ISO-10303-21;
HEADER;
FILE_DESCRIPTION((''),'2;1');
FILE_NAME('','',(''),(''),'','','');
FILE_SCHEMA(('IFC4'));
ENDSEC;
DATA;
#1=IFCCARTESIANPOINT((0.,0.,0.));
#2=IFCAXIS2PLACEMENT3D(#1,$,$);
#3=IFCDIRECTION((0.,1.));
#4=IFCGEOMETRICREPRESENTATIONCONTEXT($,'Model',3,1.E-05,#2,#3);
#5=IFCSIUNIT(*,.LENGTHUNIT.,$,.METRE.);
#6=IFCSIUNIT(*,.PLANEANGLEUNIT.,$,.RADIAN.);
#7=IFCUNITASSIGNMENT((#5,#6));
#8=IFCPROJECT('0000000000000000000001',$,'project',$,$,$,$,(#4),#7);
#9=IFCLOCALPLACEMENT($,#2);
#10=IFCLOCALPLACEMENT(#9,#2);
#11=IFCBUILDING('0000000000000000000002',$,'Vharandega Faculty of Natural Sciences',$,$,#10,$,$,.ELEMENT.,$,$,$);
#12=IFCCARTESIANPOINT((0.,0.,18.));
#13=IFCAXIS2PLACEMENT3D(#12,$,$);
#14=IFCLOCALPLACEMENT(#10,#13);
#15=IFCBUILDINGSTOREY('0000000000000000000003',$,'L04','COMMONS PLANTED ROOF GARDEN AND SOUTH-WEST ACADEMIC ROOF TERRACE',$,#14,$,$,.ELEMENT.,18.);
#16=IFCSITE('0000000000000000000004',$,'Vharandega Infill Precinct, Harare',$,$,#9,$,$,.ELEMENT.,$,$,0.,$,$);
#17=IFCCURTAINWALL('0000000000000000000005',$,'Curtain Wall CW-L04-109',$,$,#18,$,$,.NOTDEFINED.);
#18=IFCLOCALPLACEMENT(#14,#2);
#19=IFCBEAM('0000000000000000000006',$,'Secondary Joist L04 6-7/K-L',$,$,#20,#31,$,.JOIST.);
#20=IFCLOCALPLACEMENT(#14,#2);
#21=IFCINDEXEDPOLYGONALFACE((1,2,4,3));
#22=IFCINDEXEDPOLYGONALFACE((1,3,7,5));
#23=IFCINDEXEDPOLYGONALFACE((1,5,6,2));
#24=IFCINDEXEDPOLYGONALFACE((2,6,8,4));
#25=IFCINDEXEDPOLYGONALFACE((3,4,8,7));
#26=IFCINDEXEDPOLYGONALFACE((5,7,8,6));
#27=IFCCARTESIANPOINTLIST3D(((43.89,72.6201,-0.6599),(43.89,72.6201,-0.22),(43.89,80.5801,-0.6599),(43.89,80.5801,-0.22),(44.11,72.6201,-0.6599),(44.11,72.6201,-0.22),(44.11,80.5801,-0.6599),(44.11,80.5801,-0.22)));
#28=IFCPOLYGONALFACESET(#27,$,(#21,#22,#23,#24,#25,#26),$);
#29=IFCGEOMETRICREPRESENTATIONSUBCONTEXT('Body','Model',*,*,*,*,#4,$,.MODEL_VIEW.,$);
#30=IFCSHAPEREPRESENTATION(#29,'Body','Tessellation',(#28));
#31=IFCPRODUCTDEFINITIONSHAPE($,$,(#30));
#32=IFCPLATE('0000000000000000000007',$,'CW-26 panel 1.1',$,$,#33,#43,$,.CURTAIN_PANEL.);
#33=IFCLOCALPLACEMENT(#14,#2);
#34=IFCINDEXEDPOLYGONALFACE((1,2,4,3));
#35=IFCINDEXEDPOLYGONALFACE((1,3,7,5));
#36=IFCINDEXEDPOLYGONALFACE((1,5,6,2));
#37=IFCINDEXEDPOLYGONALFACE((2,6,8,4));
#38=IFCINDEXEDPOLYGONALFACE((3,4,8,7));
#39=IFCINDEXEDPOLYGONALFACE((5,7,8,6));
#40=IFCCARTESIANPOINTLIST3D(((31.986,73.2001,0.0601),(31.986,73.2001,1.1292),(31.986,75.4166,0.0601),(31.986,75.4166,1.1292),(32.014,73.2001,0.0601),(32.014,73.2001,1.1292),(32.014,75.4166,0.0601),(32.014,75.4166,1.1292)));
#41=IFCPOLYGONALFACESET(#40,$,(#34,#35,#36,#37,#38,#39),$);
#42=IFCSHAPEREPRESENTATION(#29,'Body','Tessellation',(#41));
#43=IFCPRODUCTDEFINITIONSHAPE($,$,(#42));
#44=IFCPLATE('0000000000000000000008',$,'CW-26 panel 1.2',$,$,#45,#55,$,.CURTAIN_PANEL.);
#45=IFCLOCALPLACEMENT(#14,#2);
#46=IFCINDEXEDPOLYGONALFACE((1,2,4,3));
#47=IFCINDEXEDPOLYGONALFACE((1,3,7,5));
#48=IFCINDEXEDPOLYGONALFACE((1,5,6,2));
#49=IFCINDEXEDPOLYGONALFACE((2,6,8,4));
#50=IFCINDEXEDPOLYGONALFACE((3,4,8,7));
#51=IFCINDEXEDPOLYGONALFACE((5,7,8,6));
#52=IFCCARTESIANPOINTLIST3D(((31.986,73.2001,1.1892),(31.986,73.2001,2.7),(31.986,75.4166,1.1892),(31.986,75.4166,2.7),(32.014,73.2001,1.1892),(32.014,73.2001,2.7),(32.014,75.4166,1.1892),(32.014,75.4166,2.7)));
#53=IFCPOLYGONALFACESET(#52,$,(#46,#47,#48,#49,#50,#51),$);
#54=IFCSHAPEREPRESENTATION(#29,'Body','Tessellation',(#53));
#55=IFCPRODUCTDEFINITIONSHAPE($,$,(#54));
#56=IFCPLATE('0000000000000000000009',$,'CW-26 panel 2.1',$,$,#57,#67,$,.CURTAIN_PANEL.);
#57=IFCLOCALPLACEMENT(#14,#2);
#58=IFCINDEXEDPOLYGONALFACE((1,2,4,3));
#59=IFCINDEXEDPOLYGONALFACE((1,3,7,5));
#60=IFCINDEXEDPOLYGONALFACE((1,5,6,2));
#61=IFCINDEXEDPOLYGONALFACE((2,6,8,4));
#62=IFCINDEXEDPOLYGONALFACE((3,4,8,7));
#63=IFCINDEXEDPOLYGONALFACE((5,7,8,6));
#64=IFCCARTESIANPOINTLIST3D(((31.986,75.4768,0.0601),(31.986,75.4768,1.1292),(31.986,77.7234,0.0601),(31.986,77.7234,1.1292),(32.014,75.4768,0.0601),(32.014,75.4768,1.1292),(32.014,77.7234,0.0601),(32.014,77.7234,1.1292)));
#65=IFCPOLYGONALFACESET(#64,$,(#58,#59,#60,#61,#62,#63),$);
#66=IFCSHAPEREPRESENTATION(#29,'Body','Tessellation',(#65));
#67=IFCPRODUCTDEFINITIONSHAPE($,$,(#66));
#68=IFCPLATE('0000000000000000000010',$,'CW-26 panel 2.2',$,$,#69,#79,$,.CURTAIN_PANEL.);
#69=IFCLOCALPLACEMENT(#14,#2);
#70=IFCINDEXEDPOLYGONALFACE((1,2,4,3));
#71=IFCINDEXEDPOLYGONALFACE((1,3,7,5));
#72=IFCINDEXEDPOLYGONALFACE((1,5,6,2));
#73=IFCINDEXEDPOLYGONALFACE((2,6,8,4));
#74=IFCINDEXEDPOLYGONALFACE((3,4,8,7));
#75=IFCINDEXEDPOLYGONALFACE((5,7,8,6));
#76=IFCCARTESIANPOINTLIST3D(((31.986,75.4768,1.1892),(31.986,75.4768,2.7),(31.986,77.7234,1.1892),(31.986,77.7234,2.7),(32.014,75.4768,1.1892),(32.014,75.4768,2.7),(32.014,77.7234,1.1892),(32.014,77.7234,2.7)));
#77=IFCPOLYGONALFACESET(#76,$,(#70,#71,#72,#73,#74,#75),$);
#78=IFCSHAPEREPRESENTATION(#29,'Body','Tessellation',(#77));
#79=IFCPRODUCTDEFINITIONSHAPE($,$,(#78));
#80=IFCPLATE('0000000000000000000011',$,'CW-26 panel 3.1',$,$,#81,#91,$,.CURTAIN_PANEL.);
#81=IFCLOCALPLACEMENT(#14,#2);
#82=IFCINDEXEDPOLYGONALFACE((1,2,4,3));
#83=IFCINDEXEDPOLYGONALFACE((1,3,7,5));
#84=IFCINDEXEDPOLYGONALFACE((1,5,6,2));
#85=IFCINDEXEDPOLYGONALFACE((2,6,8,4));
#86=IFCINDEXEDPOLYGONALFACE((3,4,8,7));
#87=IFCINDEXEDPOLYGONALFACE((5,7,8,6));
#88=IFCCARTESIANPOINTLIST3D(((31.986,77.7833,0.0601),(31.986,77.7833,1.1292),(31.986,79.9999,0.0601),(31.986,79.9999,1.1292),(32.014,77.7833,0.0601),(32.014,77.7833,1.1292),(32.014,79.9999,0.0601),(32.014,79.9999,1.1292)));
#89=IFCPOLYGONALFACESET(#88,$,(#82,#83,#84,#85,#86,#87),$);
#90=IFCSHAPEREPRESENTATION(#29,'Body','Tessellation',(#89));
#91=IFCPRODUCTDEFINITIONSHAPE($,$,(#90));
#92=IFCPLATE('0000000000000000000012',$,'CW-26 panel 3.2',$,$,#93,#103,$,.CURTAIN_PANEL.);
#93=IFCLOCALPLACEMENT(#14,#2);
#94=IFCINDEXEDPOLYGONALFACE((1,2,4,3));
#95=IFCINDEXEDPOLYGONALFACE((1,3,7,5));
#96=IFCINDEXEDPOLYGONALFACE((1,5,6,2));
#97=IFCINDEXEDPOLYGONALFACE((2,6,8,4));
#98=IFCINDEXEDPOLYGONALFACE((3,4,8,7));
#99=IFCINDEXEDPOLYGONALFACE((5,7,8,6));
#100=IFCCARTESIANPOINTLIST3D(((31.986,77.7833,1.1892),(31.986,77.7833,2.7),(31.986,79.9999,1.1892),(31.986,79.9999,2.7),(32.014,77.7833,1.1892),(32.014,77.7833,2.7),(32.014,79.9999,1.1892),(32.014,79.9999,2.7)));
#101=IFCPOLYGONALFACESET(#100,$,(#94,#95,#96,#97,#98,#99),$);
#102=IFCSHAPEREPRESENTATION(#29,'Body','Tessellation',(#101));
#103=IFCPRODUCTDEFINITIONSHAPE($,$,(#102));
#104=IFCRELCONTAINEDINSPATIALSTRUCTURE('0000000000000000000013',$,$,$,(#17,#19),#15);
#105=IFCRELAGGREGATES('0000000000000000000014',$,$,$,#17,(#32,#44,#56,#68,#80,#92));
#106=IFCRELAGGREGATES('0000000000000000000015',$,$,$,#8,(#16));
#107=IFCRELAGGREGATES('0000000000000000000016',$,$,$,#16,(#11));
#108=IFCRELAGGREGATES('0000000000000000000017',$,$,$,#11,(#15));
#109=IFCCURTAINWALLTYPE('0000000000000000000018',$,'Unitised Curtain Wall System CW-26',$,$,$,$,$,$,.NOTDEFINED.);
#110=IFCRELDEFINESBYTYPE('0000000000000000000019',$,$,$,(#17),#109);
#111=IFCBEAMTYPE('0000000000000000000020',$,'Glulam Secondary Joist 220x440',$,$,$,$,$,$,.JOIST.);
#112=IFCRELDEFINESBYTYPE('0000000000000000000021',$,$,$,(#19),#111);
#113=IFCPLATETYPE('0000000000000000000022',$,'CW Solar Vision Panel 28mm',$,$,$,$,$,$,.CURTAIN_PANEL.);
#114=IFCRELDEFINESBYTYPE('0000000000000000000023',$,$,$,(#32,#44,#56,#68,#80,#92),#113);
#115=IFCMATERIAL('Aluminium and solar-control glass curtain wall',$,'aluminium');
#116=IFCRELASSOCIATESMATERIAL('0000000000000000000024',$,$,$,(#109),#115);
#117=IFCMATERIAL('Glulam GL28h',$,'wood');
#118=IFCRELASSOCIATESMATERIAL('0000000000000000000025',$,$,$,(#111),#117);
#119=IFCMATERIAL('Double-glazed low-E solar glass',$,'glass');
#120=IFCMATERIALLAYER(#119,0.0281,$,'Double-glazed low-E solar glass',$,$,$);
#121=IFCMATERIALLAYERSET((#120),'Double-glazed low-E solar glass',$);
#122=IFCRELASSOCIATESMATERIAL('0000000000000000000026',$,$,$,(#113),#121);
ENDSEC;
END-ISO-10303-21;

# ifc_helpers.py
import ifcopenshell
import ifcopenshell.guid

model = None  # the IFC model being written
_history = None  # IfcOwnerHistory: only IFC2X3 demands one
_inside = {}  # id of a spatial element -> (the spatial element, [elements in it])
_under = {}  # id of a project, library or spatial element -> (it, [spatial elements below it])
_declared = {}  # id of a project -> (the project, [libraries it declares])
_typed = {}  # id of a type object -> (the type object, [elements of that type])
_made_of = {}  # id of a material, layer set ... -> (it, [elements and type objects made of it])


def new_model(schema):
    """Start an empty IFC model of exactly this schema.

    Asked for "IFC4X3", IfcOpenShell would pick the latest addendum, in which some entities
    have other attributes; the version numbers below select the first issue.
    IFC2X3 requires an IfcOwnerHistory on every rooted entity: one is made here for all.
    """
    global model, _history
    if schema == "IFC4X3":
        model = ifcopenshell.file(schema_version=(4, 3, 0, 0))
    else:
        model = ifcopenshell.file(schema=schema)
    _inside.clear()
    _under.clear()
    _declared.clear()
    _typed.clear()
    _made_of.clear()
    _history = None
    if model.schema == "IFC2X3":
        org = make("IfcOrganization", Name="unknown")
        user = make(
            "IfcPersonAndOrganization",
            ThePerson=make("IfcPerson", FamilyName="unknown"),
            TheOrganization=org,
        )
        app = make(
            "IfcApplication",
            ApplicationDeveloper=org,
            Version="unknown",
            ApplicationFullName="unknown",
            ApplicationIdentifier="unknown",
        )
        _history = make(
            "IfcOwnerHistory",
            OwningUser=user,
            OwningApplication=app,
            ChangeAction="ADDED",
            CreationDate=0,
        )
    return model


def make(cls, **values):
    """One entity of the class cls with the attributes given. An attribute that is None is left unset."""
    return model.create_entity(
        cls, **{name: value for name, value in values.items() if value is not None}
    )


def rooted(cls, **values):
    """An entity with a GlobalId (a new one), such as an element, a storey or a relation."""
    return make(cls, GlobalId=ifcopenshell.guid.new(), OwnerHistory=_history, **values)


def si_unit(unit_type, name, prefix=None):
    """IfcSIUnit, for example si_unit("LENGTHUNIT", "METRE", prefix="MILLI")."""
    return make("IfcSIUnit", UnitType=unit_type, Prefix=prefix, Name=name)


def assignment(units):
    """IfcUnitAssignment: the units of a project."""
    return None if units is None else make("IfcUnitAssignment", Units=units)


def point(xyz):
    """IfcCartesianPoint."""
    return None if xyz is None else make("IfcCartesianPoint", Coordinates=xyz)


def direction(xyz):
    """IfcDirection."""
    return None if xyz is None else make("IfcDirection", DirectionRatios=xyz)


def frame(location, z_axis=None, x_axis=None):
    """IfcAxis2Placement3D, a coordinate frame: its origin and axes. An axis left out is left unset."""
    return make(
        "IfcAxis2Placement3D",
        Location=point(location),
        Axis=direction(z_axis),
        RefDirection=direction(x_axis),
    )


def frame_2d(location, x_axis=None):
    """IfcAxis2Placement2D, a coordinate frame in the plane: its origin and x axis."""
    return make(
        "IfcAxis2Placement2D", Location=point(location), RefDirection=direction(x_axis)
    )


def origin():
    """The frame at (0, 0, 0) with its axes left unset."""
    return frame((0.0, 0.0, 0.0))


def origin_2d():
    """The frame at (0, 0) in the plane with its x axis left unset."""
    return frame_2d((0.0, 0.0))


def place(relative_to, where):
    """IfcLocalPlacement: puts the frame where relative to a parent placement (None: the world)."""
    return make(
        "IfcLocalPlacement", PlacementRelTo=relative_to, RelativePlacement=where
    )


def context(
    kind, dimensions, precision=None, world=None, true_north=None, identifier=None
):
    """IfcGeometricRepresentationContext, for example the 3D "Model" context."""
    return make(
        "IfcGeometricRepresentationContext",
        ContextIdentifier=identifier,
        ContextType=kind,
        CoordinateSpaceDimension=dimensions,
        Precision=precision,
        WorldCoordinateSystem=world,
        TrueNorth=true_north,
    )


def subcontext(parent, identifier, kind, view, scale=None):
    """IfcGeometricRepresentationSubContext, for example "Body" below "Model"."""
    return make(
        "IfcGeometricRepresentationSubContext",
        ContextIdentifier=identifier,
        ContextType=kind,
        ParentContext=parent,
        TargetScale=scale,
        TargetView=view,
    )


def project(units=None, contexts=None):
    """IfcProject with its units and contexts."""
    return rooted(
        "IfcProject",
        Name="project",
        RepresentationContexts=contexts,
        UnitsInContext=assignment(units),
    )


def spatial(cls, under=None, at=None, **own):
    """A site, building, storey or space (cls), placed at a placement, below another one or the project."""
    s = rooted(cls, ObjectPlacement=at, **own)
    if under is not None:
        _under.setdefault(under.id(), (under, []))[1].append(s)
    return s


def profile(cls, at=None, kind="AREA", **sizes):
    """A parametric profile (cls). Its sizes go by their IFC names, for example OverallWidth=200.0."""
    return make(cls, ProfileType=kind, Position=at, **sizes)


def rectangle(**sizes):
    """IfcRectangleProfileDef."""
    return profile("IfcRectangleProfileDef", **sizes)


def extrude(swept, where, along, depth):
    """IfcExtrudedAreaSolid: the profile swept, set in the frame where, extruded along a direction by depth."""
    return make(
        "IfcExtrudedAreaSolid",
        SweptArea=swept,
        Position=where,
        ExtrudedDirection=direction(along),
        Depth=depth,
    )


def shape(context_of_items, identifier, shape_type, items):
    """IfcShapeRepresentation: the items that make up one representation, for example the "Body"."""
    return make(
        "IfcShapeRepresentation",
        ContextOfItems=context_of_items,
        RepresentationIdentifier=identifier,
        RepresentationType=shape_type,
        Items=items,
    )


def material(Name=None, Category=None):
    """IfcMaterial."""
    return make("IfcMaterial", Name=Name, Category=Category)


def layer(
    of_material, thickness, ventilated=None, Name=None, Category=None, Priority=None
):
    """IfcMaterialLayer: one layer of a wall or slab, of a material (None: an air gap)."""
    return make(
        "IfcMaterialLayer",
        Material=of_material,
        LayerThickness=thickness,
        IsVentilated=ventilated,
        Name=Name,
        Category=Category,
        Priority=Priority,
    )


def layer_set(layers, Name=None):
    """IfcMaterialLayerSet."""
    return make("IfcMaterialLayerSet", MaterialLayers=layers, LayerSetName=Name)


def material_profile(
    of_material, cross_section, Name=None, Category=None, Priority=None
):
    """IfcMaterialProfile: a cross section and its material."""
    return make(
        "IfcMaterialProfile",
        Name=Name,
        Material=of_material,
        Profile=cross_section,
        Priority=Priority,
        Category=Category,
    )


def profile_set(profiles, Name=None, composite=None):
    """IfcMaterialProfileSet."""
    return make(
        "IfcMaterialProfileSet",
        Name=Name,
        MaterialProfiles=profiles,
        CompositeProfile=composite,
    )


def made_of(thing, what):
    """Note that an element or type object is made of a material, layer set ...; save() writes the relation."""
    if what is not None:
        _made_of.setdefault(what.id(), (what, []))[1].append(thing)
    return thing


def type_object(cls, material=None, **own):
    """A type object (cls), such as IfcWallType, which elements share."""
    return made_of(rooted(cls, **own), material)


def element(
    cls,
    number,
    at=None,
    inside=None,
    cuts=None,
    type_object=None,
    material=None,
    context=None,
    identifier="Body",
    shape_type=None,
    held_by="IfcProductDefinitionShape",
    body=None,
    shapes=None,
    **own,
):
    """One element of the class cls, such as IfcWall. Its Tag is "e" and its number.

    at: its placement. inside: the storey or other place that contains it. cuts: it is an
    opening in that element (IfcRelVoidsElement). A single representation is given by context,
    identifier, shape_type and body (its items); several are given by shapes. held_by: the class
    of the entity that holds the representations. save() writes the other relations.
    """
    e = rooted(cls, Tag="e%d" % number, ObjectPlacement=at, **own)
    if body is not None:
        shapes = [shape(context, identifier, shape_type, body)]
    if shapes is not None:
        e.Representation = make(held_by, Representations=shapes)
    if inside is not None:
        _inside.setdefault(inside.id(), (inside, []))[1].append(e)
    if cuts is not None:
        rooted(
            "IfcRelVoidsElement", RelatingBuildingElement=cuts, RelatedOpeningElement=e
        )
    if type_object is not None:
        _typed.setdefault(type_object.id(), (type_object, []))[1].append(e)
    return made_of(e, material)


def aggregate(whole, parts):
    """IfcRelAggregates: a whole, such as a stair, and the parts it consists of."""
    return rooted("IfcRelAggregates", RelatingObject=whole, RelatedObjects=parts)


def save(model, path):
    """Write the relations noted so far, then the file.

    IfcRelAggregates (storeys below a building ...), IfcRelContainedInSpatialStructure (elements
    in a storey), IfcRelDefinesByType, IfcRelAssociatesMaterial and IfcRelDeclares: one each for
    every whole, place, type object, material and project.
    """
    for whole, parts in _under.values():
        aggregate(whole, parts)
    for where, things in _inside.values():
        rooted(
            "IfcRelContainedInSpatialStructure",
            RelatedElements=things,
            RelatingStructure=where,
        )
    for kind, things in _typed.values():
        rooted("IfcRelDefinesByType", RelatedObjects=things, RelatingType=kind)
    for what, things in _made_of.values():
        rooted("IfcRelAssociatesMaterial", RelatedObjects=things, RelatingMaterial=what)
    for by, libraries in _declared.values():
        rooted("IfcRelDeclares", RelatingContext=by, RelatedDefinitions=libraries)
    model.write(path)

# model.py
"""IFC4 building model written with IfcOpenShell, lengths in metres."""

from ifc_helpers import new_model, si_unit, direction, frame, origin, origin_2d, place, context, subcontext, project, spatial, rectangle, extrude, material, layer, layer_set, material_profile, profile_set, type_object, element, aggregate, save


model = new_model("IFC4")

# Units and contexts
model_context = context("Model", 3, precision=1e-05, world=origin(), true_north=direction((0.0, 1.0)))
body_context = subcontext(model_context, "Body", "Model", "MODEL_VIEW")
ifc_project = project(units=[si_unit("LENGTHUNIT", "METRE"), si_unit("PLANEANGLEUNIT", "RADIAN")], contexts=[model_context])

# Site, building, storey
site_placement = place(None, origin())
site = spatial("IfcSite", under=ifc_project, at=site_placement, Name="Vharandega Infill Precinct, Harare", CompositionType="ELEMENT", RefElevation=0.0)
building_placement = place(site_placement, origin())
building = spatial("IfcBuilding", under=site, at=building_placement, Name="Vharandega Faculty of Natural Sciences", CompositionType="ELEMENT")
storey_placement = place(building_placement, frame((0.0, 0.0, 18.0)))
storey = spatial("IfcBuildingStorey", under=building, at=storey_placement, Name="L04", Description="COMMONS PLANTED ROOF GARDEN AND SOUTH-WEST ACADEMIC ROOF TERRACE", CompositionType="ELEMENT", Elevation=18.0)

# Curtain wall
ifc_material_1 = material(Name="Aluminium and solar-control glass curtain wall", Category="aluminium")
curtain_wall_type = type_object("IfcCurtainWallType", Name="Unitised Curtain Wall System CW-26", PredefinedType="NOTDEFINED", material=ifc_material_1)
curtain_wall_placement = place(storey_placement, origin())
curtain_wall = element("IfcCurtainWall", 1, at=curtain_wall_placement, inside=storey, type_object=curtain_wall_type, Name="Curtain Wall CW-L04-109", PredefinedType="NOTDEFINED")

# Beam
ifc_material_2 = material(Name="Glulam GL28h", Category="wood")
ifc_material_profile_1 = material_profile(ifc_material_2, rectangle(XDim=0.22, YDim=0.4399, at=origin_2d()), Name="GL28h 220x440")
ifc_profile_set_1 = profile_set([ifc_material_profile_1], Name="Glulam GL28h")
beam_type = type_object("IfcBeamType", Name="Glulam Secondary Joist 220x440", PredefinedType="JOIST", material=ifc_profile_set_1)
beam_placement = place(storey_placement, frame((44.0, 72.6201, -0.4399), z_axis=(0.0, 1.0, 0.0), x_axis=(-1.0, 0.0, 0.0)))
element("IfcBeam", 2, at=beam_placement, inside=storey, type_object=beam_type, Name="Secondary Joist L04 6-7/K-L", PredefinedType="JOIST", context=body_context, shape_type="SweptSolid", body=[
    extrude(rectangle(XDim=0.22, YDim=0.4399, at=origin_2d()), origin(), (0.0, 0.0, 1.0), 7.96),
])

# Plates
ifc_material_3 = material(Name="Double-glazed low-E solar glass", Category="glass")
ifc_layer = layer(ifc_material_3, 0.0281, Name="Double-glazed low-E solar glass")
ifc_layer_set = layer_set([ifc_layer], Name="Double-glazed low-E solar glass")
plate_type = type_object("IfcPlateType", Name="CW Solar Vision Panel 28mm", PredefinedType="CURTAIN_PANEL", material=ifc_layer_set)
plate_1_placement = place(storey_placement, frame((32.0, 74.3083, 0.0601), z_axis=(0.0, 0.0, 1.0), x_axis=(0.0, 1.0, 0.0)))
plate_1 = element("IfcPlate", 3, at=plate_1_placement, type_object=plate_type, Name="CW-26 panel 1.1", PredefinedType="CURTAIN_PANEL", context=body_context, shape_type="SweptSolid", body=[
    extrude(rectangle(XDim=2.2166, YDim=0.0281, at=origin_2d()), origin(), (0.0, 0.0, 1.0), 1.0691),
])
plate_2_placement = place(storey_placement, frame((32.0, 74.3083, 1.1892), z_axis=(0.0, 0.0, 1.0), x_axis=(0.0, 1.0, 0.0)))
plate_2 = element("IfcPlate", 4, at=plate_2_placement, type_object=plate_type, Name="CW-26 panel 1.2", PredefinedType="CURTAIN_PANEL", context=body_context, shape_type="SweptSolid", body=[
    extrude(rectangle(XDim=2.2166, YDim=0.0281, at=origin_2d()), origin(), (0.0, 0.0, 1.0), 1.5107),
])
plate_3_placement = place(storey_placement, frame((32.0, 76.6001, 0.0601), z_axis=(0.0, 0.0, 1.0), x_axis=(0.0, 1.0, 0.0)))
plate_3 = element("IfcPlate", 5, at=plate_3_placement, type_object=plate_type, Name="CW-26 panel 2.1", PredefinedType="CURTAIN_PANEL", context=body_context, shape_type="SweptSolid", body=[
    extrude(rectangle(XDim=2.2466, YDim=0.0281, at=origin_2d()), origin(), (0.0, 0.0, 1.0), 1.0691),
])
plate_4_placement = place(storey_placement, frame((32.0, 76.6001, 1.1892), z_axis=(0.0, 0.0, 1.0), x_axis=(0.0, 1.0, 0.0)))
plate_4 = element("IfcPlate", 6, at=plate_4_placement, type_object=plate_type, Name="CW-26 panel 2.2", PredefinedType="CURTAIN_PANEL", context=body_context, shape_type="SweptSolid", body=[
    extrude(rectangle(XDim=2.2466, YDim=0.0281, at=origin_2d()), origin(), (0.0, 0.0, 1.0), 1.5107),
])
plate_5_placement = place(storey_placement, frame((32.0, 78.8916, 0.0601), z_axis=(0.0, 0.0, 1.0), x_axis=(0.0, 1.0, 0.0)))
plate_5 = element("IfcPlate", 7, at=plate_5_placement, type_object=plate_type, Name="CW-26 panel 3.1", PredefinedType="CURTAIN_PANEL", context=body_context, shape_type="SweptSolid", body=[
    extrude(rectangle(XDim=2.2166, YDim=0.0281, at=origin_2d()), origin(), (0.0, 0.0, 1.0), 1.0691),
])
plate_6_placement = place(storey_placement, frame((32.0, 78.8916, 1.1892), z_axis=(0.0, 0.0, 1.0), x_axis=(0.0, 1.0, 0.0)))
plate_6 = element("IfcPlate", 8, at=plate_6_placement, type_object=plate_type, Name="CW-26 panel 3.2", PredefinedType="CURTAIN_PANEL", context=body_context, shape_type="SweptSolid", body=[
    extrude(rectangle(XDim=2.2166, YDim=0.0281, at=origin_2d()), origin(), (0.0, 0.0, 1.0), 1.5107),
])
aggregate(curtain_wall, [plate_1, plate_2, plate_3, plate_4, plate_5, plate_6])

save(model, "model.ifc")
